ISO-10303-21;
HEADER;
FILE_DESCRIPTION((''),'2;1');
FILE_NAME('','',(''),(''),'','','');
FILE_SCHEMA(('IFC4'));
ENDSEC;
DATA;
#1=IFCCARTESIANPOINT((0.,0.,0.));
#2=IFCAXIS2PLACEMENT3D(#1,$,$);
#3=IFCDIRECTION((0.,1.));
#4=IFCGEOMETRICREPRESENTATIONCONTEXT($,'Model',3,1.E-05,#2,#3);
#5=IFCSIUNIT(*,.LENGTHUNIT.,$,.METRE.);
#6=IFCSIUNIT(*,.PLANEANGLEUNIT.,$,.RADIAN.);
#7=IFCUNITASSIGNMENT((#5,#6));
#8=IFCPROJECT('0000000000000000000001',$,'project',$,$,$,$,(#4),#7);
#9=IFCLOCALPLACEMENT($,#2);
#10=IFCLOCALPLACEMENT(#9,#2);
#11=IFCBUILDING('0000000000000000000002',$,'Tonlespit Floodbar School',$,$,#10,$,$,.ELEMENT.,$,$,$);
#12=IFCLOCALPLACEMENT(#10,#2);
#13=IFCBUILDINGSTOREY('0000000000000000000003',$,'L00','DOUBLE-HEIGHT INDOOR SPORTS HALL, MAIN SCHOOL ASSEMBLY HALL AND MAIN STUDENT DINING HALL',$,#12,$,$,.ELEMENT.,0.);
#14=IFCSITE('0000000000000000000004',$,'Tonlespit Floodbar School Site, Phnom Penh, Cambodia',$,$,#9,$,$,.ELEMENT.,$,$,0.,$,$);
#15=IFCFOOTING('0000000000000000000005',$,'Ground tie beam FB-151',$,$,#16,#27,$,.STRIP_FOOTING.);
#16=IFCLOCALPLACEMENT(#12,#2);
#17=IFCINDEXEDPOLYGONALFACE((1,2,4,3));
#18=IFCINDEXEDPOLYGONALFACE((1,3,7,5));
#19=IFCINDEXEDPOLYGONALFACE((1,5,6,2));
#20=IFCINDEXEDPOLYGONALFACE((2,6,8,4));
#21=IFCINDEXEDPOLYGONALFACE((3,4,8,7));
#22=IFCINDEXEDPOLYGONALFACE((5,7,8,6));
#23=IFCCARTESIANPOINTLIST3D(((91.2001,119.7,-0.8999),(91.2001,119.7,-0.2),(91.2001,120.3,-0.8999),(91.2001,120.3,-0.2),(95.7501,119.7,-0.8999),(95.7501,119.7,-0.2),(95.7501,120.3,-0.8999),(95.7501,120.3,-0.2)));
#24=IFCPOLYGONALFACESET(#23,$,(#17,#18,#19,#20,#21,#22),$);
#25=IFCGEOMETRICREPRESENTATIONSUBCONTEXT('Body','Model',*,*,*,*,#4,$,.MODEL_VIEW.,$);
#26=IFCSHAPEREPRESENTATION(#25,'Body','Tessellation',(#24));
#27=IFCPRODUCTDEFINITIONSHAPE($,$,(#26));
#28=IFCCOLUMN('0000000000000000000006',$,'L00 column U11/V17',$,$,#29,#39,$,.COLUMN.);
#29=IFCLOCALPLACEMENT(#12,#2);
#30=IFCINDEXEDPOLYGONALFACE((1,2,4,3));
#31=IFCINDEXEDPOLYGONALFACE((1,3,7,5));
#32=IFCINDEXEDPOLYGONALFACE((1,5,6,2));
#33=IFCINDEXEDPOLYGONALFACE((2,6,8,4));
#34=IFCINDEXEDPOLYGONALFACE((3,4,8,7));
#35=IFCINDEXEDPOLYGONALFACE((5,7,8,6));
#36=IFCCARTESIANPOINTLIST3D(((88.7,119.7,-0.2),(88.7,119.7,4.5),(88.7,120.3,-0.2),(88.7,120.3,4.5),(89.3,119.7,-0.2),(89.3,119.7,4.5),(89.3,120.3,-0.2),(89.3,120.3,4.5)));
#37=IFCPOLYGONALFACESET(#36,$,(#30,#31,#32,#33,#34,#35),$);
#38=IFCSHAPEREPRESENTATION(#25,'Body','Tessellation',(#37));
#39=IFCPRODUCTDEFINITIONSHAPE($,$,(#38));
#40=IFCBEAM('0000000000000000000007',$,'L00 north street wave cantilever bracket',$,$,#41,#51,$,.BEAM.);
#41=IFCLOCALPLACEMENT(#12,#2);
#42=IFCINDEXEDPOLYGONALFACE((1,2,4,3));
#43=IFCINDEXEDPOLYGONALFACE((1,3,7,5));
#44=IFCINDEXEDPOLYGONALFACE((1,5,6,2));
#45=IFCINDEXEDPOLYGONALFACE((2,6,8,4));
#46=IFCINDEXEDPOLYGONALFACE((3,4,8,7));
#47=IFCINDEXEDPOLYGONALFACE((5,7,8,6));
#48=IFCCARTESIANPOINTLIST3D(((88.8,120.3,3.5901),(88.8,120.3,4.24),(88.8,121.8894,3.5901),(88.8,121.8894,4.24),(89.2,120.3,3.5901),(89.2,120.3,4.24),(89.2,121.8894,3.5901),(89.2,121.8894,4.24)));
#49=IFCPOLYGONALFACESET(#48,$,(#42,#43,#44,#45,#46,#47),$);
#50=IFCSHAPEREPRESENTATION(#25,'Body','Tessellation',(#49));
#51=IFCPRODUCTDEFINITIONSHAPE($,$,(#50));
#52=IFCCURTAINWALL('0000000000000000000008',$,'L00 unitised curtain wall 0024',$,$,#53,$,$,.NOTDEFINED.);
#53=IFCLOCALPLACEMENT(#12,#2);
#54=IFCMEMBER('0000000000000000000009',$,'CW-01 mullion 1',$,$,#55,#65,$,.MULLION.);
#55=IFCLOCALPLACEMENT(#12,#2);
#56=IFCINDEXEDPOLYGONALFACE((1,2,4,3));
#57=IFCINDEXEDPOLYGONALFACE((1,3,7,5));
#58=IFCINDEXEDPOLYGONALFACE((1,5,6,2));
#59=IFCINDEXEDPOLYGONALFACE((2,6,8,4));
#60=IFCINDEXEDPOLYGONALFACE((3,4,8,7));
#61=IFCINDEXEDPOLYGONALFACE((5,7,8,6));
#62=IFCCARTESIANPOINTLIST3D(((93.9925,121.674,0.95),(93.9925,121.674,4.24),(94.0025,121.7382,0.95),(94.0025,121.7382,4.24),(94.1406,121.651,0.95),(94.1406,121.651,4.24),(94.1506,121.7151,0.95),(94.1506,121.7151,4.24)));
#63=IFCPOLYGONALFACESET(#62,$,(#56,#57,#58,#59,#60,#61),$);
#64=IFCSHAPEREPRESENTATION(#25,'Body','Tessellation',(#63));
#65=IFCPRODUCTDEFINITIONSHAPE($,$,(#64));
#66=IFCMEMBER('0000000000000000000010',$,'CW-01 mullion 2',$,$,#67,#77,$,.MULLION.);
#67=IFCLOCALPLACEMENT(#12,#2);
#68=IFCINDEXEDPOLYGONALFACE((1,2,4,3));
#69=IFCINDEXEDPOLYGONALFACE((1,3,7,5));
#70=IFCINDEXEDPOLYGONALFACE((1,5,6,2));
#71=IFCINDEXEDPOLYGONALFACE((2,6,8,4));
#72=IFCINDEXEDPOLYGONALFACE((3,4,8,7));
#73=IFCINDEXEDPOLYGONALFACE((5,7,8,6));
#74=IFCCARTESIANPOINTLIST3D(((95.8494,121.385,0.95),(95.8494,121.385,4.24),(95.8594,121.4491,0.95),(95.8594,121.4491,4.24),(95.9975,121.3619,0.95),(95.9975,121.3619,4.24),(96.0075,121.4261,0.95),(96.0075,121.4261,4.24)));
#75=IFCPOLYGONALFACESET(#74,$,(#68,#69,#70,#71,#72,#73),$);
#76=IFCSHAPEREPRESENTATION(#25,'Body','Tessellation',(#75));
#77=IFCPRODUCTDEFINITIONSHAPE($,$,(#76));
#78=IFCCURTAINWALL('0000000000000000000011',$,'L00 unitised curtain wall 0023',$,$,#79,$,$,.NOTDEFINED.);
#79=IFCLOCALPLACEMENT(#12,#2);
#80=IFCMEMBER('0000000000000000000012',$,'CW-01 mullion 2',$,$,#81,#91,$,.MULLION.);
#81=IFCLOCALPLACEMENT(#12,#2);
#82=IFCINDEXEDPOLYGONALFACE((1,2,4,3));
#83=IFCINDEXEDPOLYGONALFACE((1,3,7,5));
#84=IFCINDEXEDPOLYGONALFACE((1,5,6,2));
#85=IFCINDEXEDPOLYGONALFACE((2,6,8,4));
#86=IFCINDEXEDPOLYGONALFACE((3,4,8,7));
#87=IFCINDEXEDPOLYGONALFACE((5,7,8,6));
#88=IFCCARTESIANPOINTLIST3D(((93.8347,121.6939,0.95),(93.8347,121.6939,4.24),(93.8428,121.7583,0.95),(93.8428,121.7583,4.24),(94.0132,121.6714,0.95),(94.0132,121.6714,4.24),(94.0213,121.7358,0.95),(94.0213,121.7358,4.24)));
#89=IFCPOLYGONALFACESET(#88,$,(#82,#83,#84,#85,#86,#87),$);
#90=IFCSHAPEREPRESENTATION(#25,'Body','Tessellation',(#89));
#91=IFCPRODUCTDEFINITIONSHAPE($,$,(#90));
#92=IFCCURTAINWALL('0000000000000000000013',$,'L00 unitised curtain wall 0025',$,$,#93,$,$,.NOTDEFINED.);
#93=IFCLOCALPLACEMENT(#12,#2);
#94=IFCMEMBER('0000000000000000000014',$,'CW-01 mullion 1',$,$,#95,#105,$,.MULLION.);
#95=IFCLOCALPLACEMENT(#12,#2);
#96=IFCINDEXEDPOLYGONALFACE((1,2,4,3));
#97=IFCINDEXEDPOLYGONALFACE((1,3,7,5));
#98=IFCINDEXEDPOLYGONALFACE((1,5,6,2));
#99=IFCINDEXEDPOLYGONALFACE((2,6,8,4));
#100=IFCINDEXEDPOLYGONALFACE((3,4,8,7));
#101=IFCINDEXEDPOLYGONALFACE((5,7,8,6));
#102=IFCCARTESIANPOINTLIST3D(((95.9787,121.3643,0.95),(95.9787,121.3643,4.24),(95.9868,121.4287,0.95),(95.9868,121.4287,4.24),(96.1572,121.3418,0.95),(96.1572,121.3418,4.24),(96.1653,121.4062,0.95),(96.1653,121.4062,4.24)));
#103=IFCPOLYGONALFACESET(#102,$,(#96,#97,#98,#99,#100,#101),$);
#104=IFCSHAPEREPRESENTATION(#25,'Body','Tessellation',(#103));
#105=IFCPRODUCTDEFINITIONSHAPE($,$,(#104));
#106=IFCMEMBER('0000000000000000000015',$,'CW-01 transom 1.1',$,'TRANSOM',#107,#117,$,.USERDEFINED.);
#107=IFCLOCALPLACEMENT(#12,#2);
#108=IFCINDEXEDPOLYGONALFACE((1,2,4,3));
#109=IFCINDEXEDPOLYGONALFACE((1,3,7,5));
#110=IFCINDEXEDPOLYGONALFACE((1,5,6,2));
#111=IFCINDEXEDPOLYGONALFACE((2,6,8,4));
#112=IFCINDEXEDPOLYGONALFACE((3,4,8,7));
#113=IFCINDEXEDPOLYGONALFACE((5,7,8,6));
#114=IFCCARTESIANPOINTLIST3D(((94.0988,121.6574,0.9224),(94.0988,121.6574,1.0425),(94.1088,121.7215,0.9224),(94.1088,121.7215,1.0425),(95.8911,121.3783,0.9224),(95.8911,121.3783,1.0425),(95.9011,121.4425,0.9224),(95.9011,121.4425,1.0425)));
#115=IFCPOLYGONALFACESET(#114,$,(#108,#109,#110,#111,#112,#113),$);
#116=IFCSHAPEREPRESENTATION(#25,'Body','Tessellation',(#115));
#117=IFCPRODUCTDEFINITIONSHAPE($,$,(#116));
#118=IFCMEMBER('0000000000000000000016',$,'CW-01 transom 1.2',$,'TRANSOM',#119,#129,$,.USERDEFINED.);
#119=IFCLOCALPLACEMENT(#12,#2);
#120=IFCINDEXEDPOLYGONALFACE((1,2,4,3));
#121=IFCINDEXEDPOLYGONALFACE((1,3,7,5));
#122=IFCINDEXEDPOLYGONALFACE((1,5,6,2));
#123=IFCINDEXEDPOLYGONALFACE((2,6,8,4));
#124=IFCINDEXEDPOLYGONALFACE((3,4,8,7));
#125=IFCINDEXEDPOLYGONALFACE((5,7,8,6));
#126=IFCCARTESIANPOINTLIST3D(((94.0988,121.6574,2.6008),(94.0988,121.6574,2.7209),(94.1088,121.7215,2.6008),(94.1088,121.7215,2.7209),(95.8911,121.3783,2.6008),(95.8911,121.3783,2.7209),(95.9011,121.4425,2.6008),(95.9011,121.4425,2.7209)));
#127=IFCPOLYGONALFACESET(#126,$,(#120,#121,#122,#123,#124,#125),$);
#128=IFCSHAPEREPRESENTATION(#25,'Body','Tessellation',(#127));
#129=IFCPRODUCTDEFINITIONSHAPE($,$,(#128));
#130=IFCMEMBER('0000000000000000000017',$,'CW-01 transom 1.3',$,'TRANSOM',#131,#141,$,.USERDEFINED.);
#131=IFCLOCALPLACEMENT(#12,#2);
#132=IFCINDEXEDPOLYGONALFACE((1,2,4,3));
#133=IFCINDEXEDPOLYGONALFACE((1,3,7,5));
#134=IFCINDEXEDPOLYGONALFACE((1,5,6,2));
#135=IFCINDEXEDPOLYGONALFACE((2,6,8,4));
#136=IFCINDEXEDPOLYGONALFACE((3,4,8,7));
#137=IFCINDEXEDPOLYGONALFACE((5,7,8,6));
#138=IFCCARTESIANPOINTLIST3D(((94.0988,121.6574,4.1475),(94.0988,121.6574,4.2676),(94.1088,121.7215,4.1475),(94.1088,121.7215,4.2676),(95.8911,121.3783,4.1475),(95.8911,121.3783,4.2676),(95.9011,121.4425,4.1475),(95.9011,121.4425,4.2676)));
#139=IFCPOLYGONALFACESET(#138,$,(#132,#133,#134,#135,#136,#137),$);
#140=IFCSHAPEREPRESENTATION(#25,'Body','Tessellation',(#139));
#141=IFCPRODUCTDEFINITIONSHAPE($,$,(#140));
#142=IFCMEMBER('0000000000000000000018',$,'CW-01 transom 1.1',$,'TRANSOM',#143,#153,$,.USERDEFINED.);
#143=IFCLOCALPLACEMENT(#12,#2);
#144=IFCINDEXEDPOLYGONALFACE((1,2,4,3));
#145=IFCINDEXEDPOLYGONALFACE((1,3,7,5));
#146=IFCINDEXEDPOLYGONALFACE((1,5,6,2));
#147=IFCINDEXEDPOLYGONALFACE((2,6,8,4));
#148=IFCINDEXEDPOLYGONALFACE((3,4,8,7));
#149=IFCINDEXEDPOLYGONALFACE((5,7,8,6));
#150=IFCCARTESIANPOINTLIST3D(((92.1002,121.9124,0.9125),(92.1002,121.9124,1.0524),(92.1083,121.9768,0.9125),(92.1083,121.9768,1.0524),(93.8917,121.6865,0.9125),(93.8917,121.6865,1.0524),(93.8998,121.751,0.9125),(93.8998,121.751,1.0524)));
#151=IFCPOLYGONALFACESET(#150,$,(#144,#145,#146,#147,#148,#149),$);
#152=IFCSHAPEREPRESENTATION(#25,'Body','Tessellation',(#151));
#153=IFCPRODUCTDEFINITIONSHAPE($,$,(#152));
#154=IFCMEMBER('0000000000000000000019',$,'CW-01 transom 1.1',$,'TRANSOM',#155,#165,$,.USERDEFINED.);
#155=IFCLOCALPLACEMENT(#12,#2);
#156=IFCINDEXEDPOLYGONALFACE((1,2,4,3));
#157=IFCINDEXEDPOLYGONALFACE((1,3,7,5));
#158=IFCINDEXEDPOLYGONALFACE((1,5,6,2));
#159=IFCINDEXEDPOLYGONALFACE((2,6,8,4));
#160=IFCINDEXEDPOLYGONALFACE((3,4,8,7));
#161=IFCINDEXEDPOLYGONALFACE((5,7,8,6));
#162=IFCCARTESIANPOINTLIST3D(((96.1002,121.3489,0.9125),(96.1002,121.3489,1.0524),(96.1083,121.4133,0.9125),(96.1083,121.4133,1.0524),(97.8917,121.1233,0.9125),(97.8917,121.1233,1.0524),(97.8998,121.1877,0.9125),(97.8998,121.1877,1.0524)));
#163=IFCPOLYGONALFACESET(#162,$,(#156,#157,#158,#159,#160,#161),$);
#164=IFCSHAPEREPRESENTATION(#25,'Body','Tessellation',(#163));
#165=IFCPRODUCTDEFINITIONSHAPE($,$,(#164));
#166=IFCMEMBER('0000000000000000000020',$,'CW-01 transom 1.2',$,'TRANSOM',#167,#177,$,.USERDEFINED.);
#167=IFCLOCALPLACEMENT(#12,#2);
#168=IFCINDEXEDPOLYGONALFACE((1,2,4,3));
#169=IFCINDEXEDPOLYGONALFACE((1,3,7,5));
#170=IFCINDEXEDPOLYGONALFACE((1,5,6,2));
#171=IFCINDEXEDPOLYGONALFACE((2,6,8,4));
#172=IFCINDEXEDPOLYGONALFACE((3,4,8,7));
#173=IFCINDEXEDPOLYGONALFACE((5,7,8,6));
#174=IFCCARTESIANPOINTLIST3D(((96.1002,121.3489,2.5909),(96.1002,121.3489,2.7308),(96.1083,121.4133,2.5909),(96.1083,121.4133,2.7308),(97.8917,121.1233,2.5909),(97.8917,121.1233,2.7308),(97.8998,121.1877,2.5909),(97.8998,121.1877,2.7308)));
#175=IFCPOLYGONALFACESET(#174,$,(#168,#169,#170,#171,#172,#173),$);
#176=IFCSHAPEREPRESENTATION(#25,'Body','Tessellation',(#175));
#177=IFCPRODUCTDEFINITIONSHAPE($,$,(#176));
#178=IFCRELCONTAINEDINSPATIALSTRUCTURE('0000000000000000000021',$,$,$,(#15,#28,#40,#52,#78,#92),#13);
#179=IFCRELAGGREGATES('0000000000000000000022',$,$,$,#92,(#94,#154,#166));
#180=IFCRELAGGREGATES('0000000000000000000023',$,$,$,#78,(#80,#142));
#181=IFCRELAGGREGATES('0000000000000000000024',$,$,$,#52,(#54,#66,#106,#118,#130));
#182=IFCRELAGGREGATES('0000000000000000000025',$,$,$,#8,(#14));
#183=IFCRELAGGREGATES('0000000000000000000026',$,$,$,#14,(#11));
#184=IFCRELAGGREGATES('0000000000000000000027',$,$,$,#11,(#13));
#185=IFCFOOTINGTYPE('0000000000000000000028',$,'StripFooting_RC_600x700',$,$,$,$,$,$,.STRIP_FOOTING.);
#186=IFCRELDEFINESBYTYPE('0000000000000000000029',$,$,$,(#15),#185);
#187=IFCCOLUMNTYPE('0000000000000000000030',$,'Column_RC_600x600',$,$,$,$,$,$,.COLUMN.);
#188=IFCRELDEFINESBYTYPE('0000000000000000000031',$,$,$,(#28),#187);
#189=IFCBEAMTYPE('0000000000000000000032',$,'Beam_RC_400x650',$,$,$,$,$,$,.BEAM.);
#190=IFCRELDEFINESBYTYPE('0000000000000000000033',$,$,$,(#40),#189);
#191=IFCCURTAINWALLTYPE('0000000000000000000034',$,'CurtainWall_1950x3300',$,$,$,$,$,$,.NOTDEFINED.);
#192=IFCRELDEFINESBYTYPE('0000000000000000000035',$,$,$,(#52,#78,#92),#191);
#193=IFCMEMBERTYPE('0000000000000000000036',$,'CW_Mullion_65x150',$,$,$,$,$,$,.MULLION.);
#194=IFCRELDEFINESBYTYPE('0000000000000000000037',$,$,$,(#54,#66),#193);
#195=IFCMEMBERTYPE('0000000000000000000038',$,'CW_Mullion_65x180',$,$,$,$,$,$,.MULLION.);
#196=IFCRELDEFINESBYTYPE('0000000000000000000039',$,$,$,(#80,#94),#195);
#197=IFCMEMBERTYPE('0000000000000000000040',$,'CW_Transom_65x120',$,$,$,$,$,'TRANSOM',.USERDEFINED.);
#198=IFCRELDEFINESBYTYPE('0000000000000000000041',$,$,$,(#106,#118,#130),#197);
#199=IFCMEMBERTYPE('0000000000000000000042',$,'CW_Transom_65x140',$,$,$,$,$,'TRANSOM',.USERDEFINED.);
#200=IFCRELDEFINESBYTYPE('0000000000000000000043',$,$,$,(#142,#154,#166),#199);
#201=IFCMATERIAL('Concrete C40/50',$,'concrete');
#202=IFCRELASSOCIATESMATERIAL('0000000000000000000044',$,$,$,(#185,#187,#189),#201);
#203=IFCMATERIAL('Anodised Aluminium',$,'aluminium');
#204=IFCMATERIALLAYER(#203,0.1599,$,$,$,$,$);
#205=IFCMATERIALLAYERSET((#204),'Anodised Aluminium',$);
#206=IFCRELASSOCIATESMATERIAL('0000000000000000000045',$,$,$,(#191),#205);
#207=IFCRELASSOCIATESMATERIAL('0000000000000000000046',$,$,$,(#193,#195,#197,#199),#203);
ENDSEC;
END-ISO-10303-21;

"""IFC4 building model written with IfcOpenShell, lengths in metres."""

from ifc_helpers import new_model, si_unit, direction, frame, origin, origin_2d, place, context, subcontext, project, spatial, rectangle, extrude, material, layer, layer_set, material_profile, profile_set, type_object, element, aggregate, save


model = new_model("IFC4")

# Units and contexts
model_context = context("Model", 3, precision=1e-05, world=origin(), true_north=direction((0.0, 1.0)))
body_context = subcontext(model_context, "Body", "Model", "MODEL_VIEW")
ifc_project = project(units=[si_unit("LENGTHUNIT", "METRE"), si_unit("PLANEANGLEUNIT", "RADIAN")], contexts=[model_context])

# Site, building, storey
site_placement = place(None, origin())
site = spatial("IfcSite", under=ifc_project, at=site_placement, Name="Tonlespit Floodbar School Site, Phnom Penh, Cambodia", CompositionType="ELEMENT", RefElevation=0.0)
building_placement = place(site_placement, origin())
building = spatial("IfcBuilding", under=site, at=building_placement, Name="Tonlespit Floodbar School", CompositionType="ELEMENT")
storey_placement = place(building_placement, origin())
storey = spatial("IfcBuildingStorey", under=building, at=storey_placement, Name="L00", Description="DOUBLE-HEIGHT INDOOR SPORTS HALL, MAIN SCHOOL ASSEMBLY HALL AND MAIN STUDENT DINING HALL", CompositionType="ELEMENT", Elevation=0.0)

# Shared definitions
ifc_material_1 = material(Name="Concrete C40/50", Category="concrete")

# Footing
footing_type_1 = type_object("IfcFootingType", Name="StripFooting_RC_600x700", PredefinedType="STRIP_FOOTING", material=ifc_material_1)
footing_1_placement = place(storey_placement, frame((93.4751, 120.0, -0.8999), z_axis=(0.0, 0.0, 1.0), x_axis=(1.0, 0.0, 0.0)))
element("IfcFooting", 1, at=footing_1_placement, inside=storey, type_object=footing_type_1, Name="Ground tie beam FB-151", PredefinedType="STRIP_FOOTING", context=body_context, shape_type="SweptSolid", body=[
    extrude(rectangle(XDim=4.55, YDim=0.6001, at=origin_2d()), origin(), (0.0, 0.0, 1.0), 0.7),
])

# Column
ifc_material_profile_1 = material_profile(ifc_material_1, rectangle(XDim=0.6001, YDim=0.6001, at=origin_2d()), Name="RC 600x600")
ifc_profile_set_1 = profile_set([ifc_material_profile_1], Name="Concrete C40/50")
column_type = type_object("IfcColumnType", Name="Column_RC_600x600", PredefinedType="COLUMN", material=ifc_profile_set_1)
column_placement = place(storey_placement, frame((89.0, 120.0, -0.2), z_axis=(0.0, 0.0, 1.0), x_axis=(1.0, 0.0, 0.0)))
element("IfcColumn", 2, at=column_placement, inside=storey, type_object=column_type, Name="L00 column U11/V17", PredefinedType="COLUMN", context=body_context, shape_type="SweptSolid", body=[
    extrude(rectangle(XDim=0.6001, YDim=0.6001, at=origin_2d()), origin(), (0.0, 0.0, 1.0), 4.7),
])

# Beam
ifc_material_profile_2 = material_profile(ifc_material_1, rectangle(XDim=0.3999, YDim=0.6499, at=origin_2d()), Name="RC 400x650")
ifc_profile_set_2 = profile_set([ifc_material_profile_2], Name="Concrete C40/50")
beam_type_1 = type_object("IfcBeamType", Name="Beam_RC_400x650", PredefinedType="BEAM", material=ifc_profile_set_2)
beam_1_placement = place(storey_placement, frame((89.0, 120.3, 3.915), z_axis=(0.0, 1.0, 0.0), x_axis=(-1.0, 0.0, 0.0)))
element("IfcBeam", 3, at=beam_1_placement, inside=storey, type_object=beam_type_1, Name="L00 north street wave cantilever bracket", PredefinedType="BEAM", context=body_context, shape_type="SweptSolid", body=[
    extrude(rectangle(XDim=0.3999, YDim=0.6499, at=origin_2d()), origin(), (0.0, 0.0, 1.0), 1.5894),
])

# Curtain wall, members
ifc_material_2 = material(Name="Anodised Aluminium", Category="aluminium")
ifc_layer_1 = layer(ifc_material_2, 0.1599)
ifc_layer_set_1 = layer_set([ifc_layer_1], Name="Anodised Aluminium")
curtain_wall_type = type_object("IfcCurtainWallType", Name="CurtainWall_1950x3300", PredefinedType="NOTDEFINED", material=ifc_layer_set_1)
curtain_wall_1_placement = place(storey_placement, origin())
curtain_wall_1 = element("IfcCurtainWall", 4, at=curtain_wall_1_placement, inside=storey, type_object=curtain_wall_type, Name="L00 unitised curtain wall 0024", PredefinedType="NOTDEFINED")
ifc_material_profile_3 = material_profile(ifc_material_2, rectangle(XDim=0.0649, YDim=0.1499, at=origin_2d()), Name="ALU M65x150")
ifc_profile_set_3 = profile_set([ifc_material_profile_3], Name="Anodised Aluminium")
member_type_1 = type_object("IfcMemberType", Name="CW_Mullion_65x150", PredefinedType="MULLION", material=ifc_profile_set_3)
member_1_placement = place(storey_placement, frame((94.0715, 121.6946, 0.95), z_axis=(0.0, 0.0, 1.0), x_axis=(0.153796, 0.988103, 0.0)))
member_1 = element("IfcMember", 5, at=member_1_placement, type_object=member_type_1, Name="CW-01 mullion 1", PredefinedType="MULLION", context=body_context, shape_type="SweptSolid", body=[
    extrude(rectangle(XDim=0.0649, YDim=0.1499, at=origin_2d()), origin(), (0.0, 0.0, 1.0), 3.29),
])
member_2_placement = place(storey_placement, frame((95.9285, 121.4055, 0.95), z_axis=(0.0, 0.0, 1.0), x_axis=(0.153796, 0.988103, 0.0)))
member_2 = element("IfcMember", 6, at=member_2_placement, type_object=member_type_1, Name="CW-01 mullion 2", PredefinedType="MULLION", context=body_context, shape_type="SweptSolid", body=[
    extrude(rectangle(XDim=0.0649, YDim=0.1499, at=origin_2d()), origin(), (0.0, 0.0, 1.0), 3.29),
])

# Curtain walls, members
curtain_wall_2_placement = place(storey_placement, origin())
curtain_wall_2 = element("IfcCurtainWall", 7, at=curtain_wall_2_placement, inside=storey, type_object=curtain_wall_type, Name="L00 unitised curtain wall 0023", PredefinedType="NOTDEFINED")
ifc_material_profile_4 = material_profile(ifc_material_2, rectangle(XDim=0.0649, YDim=0.1799, at=origin_2d()), Name="ALU M65x180")
ifc_profile_set_4 = profile_set([ifc_material_profile_4], Name="Anodised Aluminium")
member_type_2 = type_object("IfcMemberType", Name="CW_Mullion_65x180", PredefinedType="MULLION", material=ifc_profile_set_4)
member_3_placement = place(storey_placement, frame((93.928, 121.7148, 0.95), z_axis=(0.0, 0.0, 1.0), x_axis=(0.125014, 0.992155, 0.0)))
member_3 = element("IfcMember", 8, at=member_3_placement, type_object=member_type_2, Name="CW-01 mullion 2", PredefinedType="MULLION", context=body_context, shape_type="SweptSolid", body=[
    extrude(rectangle(XDim=0.0649, YDim=0.1799, at=origin_2d()), origin(), (0.0, 0.0, 1.0), 3.29),
])
curtain_wall_3_placement = place(storey_placement, origin())
curtain_wall_3 = element("IfcCurtainWall", 9, at=curtain_wall_3_placement, inside=storey, type_object=curtain_wall_type, Name="L00 unitised curtain wall 0025", PredefinedType="NOTDEFINED")
member_4_placement = place(storey_placement, frame((96.072, 121.3853, 0.95), z_axis=(0.0, 0.0, 1.0), x_axis=(0.125014, 0.992155, 0.0)))
member_4 = element("IfcMember", 10, at=member_4_placement, type_object=member_type_2, Name="CW-01 mullion 1", PredefinedType="MULLION", context=body_context, shape_type="SweptSolid", body=[
    extrude(rectangle(XDim=0.0649, YDim=0.1799, at=origin_2d()), origin(), (0.0, 0.0, 1.0), 3.29),
])

# Members
ifc_material_profile_5 = material_profile(ifc_material_2, rectangle(XDim=0.0649, YDim=0.1201, at=origin_2d()), Name="ALU T65x120")
ifc_profile_set_5 = profile_set([ifc_material_profile_5], Name="Anodised Aluminium")
member_type_3 = type_object("IfcMemberType", Name="CW_Transom_65x120", ElementType="TRANSOM", PredefinedType="USERDEFINED", material=ifc_profile_set_5)
member_5_placement = place(storey_placement, frame((94.1038, 121.6895, 0.9824), z_axis=(0.988098, -0.153827, 0.0), x_axis=(0.153827, 0.988098, 0.0)))
member_5 = element("IfcMember", 11, at=member_5_placement, type_object=member_type_3, Name="CW-01 transom 1.1", ObjectType="TRANSOM", PredefinedType="USERDEFINED", context=body_context, shape_type="SweptSolid", body=[
    extrude(rectangle(XDim=0.0649, YDim=0.1201, at=origin_2d()), origin(), (0.0, 0.0, 1.0), 1.814),
])
member_6_placement = place(storey_placement, frame((94.1038, 121.6895, 2.6609), z_axis=(0.988098, -0.153827, 0.0), x_axis=(0.153827, 0.988098, 0.0)))
member_6 = element("IfcMember", 12, at=member_6_placement, type_object=member_type_3, Name="CW-01 transom 1.2", ObjectType="TRANSOM", PredefinedType="USERDEFINED", context=body_context, shape_type="SweptSolid", body=[
    extrude(rectangle(XDim=0.0649, YDim=0.1201, at=origin_2d()), origin(), (0.0, 0.0, 1.0), 1.814),
])
member_7_placement = place(storey_placement, frame((94.1038, 121.6895, 4.2075), z_axis=(0.988098, -0.153827, 0.0), x_axis=(0.153827, 0.988098, 0.0)))
member_7 = element("IfcMember", 13, at=member_7_placement, type_object=member_type_3, Name="CW-01 transom 1.3", ObjectType="TRANSOM", PredefinedType="USERDEFINED", context=body_context, shape_type="SweptSolid", body=[
    extrude(rectangle(XDim=0.0649, YDim=0.1201, at=origin_2d()), origin(), (0.0, 0.0, 1.0), 1.814),
])
ifc_material_profile_6 = material_profile(ifc_material_2, rectangle(XDim=0.0649, YDim=0.1399, at=origin_2d()), Name="ALU T65x140")
ifc_profile_set_6 = profile_set([ifc_material_profile_6], Name="Anodised Aluminium")
member_type_4 = type_object("IfcMemberType", Name="CW_Transom_65x140", ElementType="TRANSOM", PredefinedType="USERDEFINED", material=ifc_profile_set_6)
member_8_placement = place(storey_placement, frame((92.1042, 121.9446, 0.9824), z_axis=(0.992148, -0.125066, 0.0), x_axis=(0.125066, 0.992148, 0.0)))
member_8 = element("IfcMember", 14, at=member_8_placement, type_object=member_type_4, Name="CW-01 transom 1.1", ObjectType="TRANSOM", PredefinedType="USERDEFINED", context=body_context, shape_type="SweptSolid", body=[
    extrude(rectangle(XDim=0.0649, YDim=0.1399, at=origin_2d()), origin(), (0.0, 0.0, 1.0), 1.8057),
])
member_9_placement = place(storey_placement, frame((96.1042, 121.3811, 0.9824), z_axis=(0.992165, -0.124933, 0.0), x_axis=(0.124933, 0.992165, 0.0)))
member_9 = element("IfcMember", 15, at=member_9_placement, type_object=member_type_4, Name="CW-01 transom 1.1", ObjectType="TRANSOM", PredefinedType="USERDEFINED", context=body_context, shape_type="SweptSolid", body=[
    extrude(rectangle(XDim=0.0649, YDim=0.1399, at=origin_2d()), origin(), (0.0, 0.0, 1.0), 1.8057),
])
member_10_placement = place(storey_placement, frame((96.1042, 121.3811, 2.6609), z_axis=(0.992165, -0.124933, 0.0), x_axis=(0.124933, 0.992165, 0.0)))
member_10 = element("IfcMember", 16, at=member_10_placement, type_object=member_type_4, Name="CW-01 transom 1.2", ObjectType="TRANSOM", PredefinedType="USERDEFINED", context=body_context, shape_type="SweptSolid", body=[
    extrude(rectangle(XDim=0.0649, YDim=0.1399, at=origin_2d()), origin(), (0.0, 0.0, 1.0), 1.8057),
])

aggregate(curtain_wall_3, [member_4, member_9, member_10])
aggregate(curtain_wall_2, [member_3, member_8])
aggregate(curtain_wall_1, [member_1, member_2, member_5, member_6, member_7])

save(model, "model.ifc")
